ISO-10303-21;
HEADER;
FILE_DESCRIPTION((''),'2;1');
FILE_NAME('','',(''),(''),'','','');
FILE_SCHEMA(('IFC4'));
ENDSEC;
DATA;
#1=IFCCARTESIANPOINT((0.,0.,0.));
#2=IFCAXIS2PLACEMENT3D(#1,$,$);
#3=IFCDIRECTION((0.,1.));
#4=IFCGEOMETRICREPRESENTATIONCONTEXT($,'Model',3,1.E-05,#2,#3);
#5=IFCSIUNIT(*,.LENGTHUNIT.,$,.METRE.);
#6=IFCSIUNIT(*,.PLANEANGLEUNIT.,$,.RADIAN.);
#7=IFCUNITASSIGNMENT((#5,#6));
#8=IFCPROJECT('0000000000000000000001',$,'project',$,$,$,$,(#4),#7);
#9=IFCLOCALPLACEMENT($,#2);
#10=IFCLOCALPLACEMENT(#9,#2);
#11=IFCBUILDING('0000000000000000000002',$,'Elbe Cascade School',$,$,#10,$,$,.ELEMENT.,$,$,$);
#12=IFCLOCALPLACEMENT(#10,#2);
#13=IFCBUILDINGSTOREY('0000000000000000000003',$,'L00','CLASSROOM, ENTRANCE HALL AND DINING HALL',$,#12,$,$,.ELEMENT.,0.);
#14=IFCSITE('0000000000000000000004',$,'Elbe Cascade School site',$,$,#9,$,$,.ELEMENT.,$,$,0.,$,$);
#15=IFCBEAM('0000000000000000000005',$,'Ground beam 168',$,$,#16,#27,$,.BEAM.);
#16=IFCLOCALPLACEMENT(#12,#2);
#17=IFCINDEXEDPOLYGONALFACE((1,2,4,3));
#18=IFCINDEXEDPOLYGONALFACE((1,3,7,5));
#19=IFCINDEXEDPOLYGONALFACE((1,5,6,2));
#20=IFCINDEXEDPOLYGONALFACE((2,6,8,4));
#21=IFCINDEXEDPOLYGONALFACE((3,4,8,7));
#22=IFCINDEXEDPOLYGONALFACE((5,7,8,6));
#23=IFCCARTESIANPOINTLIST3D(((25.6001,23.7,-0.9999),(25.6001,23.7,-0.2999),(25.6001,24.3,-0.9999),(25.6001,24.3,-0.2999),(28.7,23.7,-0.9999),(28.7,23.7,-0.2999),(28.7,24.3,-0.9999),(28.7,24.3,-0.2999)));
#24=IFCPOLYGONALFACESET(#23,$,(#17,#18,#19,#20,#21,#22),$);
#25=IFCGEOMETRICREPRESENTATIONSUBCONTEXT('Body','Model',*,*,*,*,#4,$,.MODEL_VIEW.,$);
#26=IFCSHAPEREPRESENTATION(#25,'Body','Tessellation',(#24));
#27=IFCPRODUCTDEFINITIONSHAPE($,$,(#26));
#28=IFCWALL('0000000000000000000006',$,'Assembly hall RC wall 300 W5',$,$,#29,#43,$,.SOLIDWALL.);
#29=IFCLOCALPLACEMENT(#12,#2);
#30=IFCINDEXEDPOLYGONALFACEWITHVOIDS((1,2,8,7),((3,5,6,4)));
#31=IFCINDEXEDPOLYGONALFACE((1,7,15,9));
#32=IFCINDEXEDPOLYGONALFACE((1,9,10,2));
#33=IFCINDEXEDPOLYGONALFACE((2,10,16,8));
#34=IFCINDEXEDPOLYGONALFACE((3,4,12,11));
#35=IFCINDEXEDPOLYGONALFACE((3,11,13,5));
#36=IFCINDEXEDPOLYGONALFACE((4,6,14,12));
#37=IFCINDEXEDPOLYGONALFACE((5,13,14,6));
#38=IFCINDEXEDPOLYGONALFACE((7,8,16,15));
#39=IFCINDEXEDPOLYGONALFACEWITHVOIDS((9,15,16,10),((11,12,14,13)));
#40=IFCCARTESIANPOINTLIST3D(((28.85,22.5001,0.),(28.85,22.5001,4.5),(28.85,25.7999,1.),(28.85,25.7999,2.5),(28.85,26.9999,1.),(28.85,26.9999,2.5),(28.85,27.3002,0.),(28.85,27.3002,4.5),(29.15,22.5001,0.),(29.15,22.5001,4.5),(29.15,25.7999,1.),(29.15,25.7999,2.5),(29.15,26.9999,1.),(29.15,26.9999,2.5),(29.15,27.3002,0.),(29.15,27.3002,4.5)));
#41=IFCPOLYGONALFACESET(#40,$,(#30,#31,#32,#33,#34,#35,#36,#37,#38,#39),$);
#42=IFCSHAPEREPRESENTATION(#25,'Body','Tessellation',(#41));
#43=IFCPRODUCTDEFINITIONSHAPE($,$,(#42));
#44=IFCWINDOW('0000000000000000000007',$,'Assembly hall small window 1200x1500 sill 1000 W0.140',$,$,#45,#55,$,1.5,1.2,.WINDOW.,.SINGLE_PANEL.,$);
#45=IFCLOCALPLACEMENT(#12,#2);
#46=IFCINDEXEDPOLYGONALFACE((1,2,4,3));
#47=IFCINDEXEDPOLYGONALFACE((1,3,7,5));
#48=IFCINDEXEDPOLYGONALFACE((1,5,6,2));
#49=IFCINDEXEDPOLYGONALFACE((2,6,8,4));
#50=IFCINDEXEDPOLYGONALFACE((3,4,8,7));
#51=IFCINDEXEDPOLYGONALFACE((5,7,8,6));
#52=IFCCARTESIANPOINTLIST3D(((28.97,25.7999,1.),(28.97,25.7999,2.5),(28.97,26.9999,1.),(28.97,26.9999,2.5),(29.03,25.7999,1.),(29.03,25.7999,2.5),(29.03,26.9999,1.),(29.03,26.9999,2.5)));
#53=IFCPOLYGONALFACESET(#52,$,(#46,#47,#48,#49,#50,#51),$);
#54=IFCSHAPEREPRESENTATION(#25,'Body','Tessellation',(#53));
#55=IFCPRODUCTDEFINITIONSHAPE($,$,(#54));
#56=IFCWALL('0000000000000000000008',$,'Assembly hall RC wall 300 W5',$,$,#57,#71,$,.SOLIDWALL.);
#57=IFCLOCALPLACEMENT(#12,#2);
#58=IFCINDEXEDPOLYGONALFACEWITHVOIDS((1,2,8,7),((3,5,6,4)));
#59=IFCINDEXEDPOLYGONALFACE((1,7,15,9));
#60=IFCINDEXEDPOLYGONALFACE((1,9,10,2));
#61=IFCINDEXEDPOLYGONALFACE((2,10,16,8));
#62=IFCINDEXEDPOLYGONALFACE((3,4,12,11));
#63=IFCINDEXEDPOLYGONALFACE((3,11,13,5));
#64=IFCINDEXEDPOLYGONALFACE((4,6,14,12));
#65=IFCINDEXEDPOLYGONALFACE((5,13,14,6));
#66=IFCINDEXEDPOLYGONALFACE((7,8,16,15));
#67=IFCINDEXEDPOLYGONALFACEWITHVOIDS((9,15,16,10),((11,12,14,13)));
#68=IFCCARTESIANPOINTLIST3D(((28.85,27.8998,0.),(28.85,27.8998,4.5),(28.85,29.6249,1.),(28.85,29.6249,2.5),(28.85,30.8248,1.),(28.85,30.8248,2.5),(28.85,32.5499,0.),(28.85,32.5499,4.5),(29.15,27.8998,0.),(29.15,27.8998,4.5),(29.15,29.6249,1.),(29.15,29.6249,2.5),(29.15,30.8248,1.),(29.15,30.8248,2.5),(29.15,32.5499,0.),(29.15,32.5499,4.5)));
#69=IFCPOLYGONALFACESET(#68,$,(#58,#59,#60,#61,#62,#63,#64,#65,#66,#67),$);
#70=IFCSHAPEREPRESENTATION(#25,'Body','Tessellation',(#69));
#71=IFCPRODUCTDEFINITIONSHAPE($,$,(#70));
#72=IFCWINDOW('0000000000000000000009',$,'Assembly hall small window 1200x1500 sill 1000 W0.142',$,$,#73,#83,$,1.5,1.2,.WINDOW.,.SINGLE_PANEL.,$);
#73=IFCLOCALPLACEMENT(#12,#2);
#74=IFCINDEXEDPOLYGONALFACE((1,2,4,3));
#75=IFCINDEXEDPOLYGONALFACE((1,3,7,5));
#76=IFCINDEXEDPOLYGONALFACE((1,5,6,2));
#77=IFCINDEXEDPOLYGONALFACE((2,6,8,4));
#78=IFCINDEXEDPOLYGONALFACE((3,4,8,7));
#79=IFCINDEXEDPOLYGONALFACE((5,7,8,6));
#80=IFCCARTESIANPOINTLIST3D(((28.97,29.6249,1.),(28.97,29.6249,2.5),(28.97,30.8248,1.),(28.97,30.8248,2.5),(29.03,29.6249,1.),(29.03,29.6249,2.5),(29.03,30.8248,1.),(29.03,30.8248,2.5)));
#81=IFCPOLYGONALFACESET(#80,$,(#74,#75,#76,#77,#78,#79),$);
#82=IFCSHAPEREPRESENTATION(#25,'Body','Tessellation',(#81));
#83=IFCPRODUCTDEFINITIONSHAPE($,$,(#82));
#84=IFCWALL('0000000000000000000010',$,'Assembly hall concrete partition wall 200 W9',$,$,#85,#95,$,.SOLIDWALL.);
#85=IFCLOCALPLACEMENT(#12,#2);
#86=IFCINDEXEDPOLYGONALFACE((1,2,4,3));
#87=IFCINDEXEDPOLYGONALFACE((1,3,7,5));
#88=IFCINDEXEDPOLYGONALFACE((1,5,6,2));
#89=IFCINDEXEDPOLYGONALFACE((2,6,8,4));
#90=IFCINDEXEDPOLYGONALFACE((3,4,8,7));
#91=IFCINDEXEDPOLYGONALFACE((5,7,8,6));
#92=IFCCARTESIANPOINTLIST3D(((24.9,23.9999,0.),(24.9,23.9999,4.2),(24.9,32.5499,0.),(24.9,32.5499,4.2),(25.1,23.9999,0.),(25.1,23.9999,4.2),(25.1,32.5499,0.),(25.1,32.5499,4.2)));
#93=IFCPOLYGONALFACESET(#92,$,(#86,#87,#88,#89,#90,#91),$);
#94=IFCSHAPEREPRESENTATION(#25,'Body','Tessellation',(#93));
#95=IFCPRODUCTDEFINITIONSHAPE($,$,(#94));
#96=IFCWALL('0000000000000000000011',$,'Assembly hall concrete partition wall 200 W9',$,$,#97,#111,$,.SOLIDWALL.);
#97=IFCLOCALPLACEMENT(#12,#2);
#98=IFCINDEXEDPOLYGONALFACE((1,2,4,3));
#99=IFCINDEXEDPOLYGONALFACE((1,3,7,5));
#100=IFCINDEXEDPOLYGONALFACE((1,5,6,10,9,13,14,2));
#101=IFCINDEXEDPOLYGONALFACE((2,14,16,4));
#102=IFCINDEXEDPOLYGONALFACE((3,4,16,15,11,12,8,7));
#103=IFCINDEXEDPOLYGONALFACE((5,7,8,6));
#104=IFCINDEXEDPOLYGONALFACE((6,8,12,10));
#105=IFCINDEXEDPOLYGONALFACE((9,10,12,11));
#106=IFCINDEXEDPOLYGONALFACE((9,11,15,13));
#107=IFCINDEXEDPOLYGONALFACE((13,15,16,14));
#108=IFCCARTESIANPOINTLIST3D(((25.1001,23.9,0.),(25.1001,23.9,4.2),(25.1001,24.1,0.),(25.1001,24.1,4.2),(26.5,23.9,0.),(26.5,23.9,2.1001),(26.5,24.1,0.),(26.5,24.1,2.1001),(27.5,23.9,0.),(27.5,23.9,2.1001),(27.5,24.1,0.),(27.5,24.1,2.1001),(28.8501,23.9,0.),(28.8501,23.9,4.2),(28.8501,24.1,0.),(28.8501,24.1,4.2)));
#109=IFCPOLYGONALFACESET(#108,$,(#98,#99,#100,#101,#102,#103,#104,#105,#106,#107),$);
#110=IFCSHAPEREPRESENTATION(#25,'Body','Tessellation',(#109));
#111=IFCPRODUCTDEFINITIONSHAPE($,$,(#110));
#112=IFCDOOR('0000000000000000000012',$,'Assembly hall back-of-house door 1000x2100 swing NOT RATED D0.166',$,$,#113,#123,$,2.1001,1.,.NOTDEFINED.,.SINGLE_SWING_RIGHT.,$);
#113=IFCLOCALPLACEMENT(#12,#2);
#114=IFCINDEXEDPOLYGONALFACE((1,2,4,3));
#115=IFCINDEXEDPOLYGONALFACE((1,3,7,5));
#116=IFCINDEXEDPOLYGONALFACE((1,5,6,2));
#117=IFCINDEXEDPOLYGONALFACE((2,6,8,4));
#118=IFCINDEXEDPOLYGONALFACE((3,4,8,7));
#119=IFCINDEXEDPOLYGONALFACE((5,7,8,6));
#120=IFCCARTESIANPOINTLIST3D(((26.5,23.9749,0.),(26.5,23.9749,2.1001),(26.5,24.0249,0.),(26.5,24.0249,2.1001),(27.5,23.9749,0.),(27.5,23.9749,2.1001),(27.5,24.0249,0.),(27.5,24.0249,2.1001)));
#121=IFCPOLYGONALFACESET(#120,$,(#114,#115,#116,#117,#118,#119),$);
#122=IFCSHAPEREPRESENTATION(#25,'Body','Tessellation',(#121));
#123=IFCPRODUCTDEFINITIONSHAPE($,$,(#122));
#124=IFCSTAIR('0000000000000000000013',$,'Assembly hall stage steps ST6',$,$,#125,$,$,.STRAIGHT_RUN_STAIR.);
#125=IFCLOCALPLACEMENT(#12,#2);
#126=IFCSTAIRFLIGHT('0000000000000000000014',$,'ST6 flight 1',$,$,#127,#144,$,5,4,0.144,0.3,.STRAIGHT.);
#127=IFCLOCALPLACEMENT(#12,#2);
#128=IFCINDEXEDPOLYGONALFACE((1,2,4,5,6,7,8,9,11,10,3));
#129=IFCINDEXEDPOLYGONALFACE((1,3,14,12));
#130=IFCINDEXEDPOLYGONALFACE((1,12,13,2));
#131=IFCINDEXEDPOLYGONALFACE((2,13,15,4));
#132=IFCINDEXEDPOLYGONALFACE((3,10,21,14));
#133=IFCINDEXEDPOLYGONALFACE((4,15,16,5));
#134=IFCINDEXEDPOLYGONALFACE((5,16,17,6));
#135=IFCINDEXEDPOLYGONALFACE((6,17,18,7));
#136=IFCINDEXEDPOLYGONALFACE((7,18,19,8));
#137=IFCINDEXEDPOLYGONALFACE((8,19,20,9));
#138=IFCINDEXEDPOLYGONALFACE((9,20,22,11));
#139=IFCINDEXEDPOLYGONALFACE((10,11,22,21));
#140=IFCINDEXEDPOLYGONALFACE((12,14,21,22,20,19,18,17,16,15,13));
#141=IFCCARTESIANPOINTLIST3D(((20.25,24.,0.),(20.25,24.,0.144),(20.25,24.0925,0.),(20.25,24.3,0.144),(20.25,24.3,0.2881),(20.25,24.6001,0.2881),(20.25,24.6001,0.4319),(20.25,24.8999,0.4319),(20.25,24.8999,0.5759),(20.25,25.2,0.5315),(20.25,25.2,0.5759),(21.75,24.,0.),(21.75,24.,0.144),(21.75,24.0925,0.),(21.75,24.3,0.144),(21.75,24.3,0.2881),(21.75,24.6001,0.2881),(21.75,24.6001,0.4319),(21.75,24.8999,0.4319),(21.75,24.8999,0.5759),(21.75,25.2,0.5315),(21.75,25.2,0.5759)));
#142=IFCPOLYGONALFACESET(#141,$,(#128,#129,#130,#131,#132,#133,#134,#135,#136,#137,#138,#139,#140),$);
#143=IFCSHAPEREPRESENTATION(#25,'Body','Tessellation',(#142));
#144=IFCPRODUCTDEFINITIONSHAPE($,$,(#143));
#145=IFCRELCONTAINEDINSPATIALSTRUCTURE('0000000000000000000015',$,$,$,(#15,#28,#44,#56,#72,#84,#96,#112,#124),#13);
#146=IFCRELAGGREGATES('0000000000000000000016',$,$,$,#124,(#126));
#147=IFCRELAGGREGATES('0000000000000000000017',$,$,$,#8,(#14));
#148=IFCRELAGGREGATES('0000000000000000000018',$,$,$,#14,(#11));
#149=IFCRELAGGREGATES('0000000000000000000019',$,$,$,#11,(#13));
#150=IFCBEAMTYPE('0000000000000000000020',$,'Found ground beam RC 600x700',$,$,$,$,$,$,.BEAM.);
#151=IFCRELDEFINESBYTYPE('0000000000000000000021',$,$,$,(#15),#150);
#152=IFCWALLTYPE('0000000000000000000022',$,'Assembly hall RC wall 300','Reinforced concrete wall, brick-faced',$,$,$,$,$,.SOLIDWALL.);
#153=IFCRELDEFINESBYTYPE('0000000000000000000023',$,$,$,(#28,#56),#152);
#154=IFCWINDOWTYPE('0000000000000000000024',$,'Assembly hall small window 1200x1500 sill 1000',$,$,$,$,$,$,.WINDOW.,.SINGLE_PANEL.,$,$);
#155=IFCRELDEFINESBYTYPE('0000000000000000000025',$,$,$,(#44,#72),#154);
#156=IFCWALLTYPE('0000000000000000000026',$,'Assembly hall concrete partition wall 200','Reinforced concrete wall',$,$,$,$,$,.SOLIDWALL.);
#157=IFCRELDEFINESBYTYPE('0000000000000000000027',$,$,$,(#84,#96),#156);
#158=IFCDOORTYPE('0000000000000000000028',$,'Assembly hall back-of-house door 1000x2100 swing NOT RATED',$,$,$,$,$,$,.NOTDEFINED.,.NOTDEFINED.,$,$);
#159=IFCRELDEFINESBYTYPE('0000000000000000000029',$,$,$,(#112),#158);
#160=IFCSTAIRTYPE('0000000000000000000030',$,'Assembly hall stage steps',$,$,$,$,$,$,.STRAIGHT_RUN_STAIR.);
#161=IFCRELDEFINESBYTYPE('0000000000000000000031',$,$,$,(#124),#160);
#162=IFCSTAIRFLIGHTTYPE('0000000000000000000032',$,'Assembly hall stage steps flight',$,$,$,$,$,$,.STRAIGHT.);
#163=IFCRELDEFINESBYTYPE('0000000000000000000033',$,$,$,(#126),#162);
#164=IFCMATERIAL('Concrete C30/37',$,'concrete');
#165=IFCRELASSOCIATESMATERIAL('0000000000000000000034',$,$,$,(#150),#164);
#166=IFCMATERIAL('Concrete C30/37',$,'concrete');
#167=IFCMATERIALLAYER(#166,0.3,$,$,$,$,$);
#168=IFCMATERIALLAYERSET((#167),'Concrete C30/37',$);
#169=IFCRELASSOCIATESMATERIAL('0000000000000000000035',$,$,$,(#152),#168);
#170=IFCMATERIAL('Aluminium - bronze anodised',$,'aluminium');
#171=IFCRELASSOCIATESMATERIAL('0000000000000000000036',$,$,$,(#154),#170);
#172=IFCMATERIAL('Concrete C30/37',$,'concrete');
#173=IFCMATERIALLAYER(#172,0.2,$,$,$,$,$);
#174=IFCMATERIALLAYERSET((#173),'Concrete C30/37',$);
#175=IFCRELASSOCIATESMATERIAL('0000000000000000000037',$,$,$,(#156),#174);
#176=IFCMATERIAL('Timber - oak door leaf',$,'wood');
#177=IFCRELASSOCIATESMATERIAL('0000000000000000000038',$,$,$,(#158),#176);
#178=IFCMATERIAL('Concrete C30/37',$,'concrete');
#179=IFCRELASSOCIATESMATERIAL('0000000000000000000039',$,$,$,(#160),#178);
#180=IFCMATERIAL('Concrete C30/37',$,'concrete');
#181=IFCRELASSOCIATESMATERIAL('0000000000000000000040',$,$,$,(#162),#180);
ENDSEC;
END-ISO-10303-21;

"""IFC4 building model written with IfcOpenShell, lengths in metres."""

from ifc_helpers import new_model, si_unit, direction, frame, frame_2d, origin, origin_2d, place, context, subcontext, project, spatial, polyline, rectangle, outline, extrude, material, layer, layer_set, material_profile, profile_set, type_object, element, fill, aggregate, save


model = new_model("IFC4")

# Units and contexts
model_context = context("Model", 3, precision=1e-05, world=origin(), true_north=direction((0.0, 1.0)))
body_context = subcontext(model_context, "Body", "Model", "MODEL_VIEW")
ifc_project = project(units=[si_unit("LENGTHUNIT", "METRE"), si_unit("PLANEANGLEUNIT", "RADIAN")], contexts=[model_context])

# Site, building, storey
site_placement = place(None, origin())
site = spatial("IfcSite", under=ifc_project, at=site_placement, Name="Elbe Cascade School site", CompositionType="ELEMENT", RefElevation=0.0)
building_placement = place(site_placement, origin())
building = spatial("IfcBuilding", under=site, at=building_placement, Name="Elbe Cascade School", CompositionType="ELEMENT")
storey_placement = place(building_placement, origin())
storey = spatial("IfcBuildingStorey", under=building, at=storey_placement, Name="L00", Description="CLASSROOM, ENTRANCE HALL AND DINING HALL", CompositionType="ELEMENT", Elevation=0.0)

# Beam
ifc_material_1 = material(Name="Concrete C30/37", Category="concrete")
ifc_material_profile_1 = material_profile(ifc_material_1, rectangle(XDim=0.6001, YDim=0.7, at=origin_2d()), Name="RC 600x700")
ifc_profile_set_1 = profile_set([ifc_material_profile_1], Name="Concrete C30/37")
beam_type_1 = type_object("IfcBeamType", Name="Found ground beam RC 600x700", PredefinedType="BEAM", material=ifc_profile_set_1)
beam_1_placement = place(storey_placement, frame((25.6001, 24.0, -0.6499), z_axis=(1.0, 0.0, 0.0), x_axis=(0.0, 1.0, 0.0)))
element("IfcBeam", 1, at=beam_1_placement, inside=storey, type_object=beam_type_1, Name="Ground beam 168", PredefinedType="BEAM", context=body_context, shape_type="SweptSolid", body=[
    extrude(rectangle(XDim=0.6001, YDim=0.7, at=origin_2d()), origin(), (0.0, 0.0, 1.0), 3.0999),
])

# Shared definitions
ifc_material_2 = material(Name="Concrete C30/37", Category="concrete")
ifc_layer_1 = layer(ifc_material_2, 0.3)
ifc_layer_set_1 = layer_set([ifc_layer_1], Name="Concrete C30/37")
wall_type_1 = type_object("IfcWallType", Name="Assembly hall RC wall 300", Description="Reinforced concrete wall, brick-faced", PredefinedType="SOLIDWALL", material=ifc_layer_set_1)

# Walls, openings, windows
wall_1_placement = place(storey_placement, frame((29.0, 27.3, 0.0), z_axis=(0.0, 0.0, 1.0), x_axis=(0.0, -1.0, 0.0)))
wall_1 = element("IfcWall", 2, at=wall_1_placement, inside=storey, type_object=wall_type_1, Name="Assembly hall RC wall 300 W5", PredefinedType="SOLIDWALL", context=body_context, shape_type="SweptSolid", body=[
    extrude(rectangle(XDim=4.8, YDim=0.3, at=frame_2d((2.3999, 0.0))), origin(), (0.0, 0.0, 1.0), 4.5),
])
opening_1_placement = place(wall_1_placement, frame((0.3, 0.0, 1.0)))
opening_1 = element("IfcOpeningElement", 3, at=opening_1_placement, cuts=wall_1, PredefinedType="OPENING", context=body_context, shape_type="SweptSolid", body=[
    extrude(rectangle(XDim=1.2, YDim=1.5, at=frame_2d((0.6001, 0.75))), frame((0.0, 0.1599, 0.0), z_axis=(0.0, -1.0, 0.0), x_axis=(1.0, 0.0, 0.0)), (0.0, 0.0, 1.0), 0.3201),
])
ifc_material_3 = material(Name="Aluminium - bronze anodised", Category="aluminium")
window_type = type_object("IfcWindowType", Name="Assembly hall small window 1200x1500 sill 1000", PartitioningType="SINGLE_PANEL", PredefinedType="WINDOW", material=ifc_material_3)
window_1_placement = place(opening_1_placement, origin())
window_1 = element("IfcWindow", 4, at=window_1_placement, inside=storey, type_object=window_type, Name="Assembly hall small window 1200x1500 sill 1000 W0.140", OverallHeight=1.5, OverallWidth=1.2, PartitioningType="SINGLE_PANEL", PredefinedType="WINDOW", context=body_context, shape_type="SweptSolid", body=[
    extrude(rectangle(XDim=1.2, YDim=1.5, at=frame_2d((0.6001, 0.75))), frame((0.0, 0.03, 0.0), z_axis=(0.0, -1.0, 0.0), x_axis=(1.0, 0.0, 0.0)), (0.0, 0.0, 1.0), 0.0601),
])
fill(opening_1, window_1)
wall_2_placement = place(storey_placement, frame((29.0, 32.55, 0.0), z_axis=(0.0, 0.0, 1.0), x_axis=(0.0, -1.0, 0.0)))
wall_2 = element("IfcWall", 5, at=wall_2_placement, inside=storey, type_object=wall_type_1, Name="Assembly hall RC wall 300 W5", PredefinedType="SOLIDWALL", context=body_context, shape_type="SweptSolid", body=[
    extrude(rectangle(XDim=4.6501, YDim=0.3, at=frame_2d((2.3252, 0.0))), origin(), (0.0, 0.0, 1.0), 4.5),
])
opening_2_placement = place(wall_2_placement, frame((1.7251, 0.0, 1.0)))
opening_2 = element("IfcOpeningElement", 6, at=opening_2_placement, cuts=wall_2, PredefinedType="OPENING", context=body_context, shape_type="SweptSolid", body=[
    extrude(rectangle(XDim=1.2, YDim=1.5, at=frame_2d((0.6001, 0.75))), frame((0.0, 0.1599, 0.0), z_axis=(0.0, -1.0, 0.0), x_axis=(1.0, 0.0, 0.0)), (0.0, 0.0, 1.0), 0.3201),
])
window_2_placement = place(opening_2_placement, origin())
window_2 = element("IfcWindow", 7, at=window_2_placement, inside=storey, type_object=window_type, Name="Assembly hall small window 1200x1500 sill 1000 W0.142", OverallHeight=1.5, OverallWidth=1.2, PartitioningType="SINGLE_PANEL", PredefinedType="WINDOW", context=body_context, shape_type="SweptSolid", body=[
    extrude(rectangle(XDim=1.2, YDim=1.5, at=frame_2d((0.6001, 0.75))), frame((0.0, 0.03, 0.0), z_axis=(0.0, -1.0, 0.0), x_axis=(1.0, 0.0, 0.0)), (0.0, 0.0, 1.0), 0.0601),
])
fill(opening_2, window_2)

# Wall
ifc_material_4 = material(Name="Concrete C30/37", Category="concrete")
ifc_layer_2 = layer(ifc_material_4, 0.2)
ifc_layer_set_2 = layer_set([ifc_layer_2], Name="Concrete C30/37")
wall_type_2 = type_object("IfcWallType", Name="Assembly hall concrete partition wall 200", Description="Reinforced concrete wall", PredefinedType="SOLIDWALL", material=ifc_layer_set_2)
wall_3_placement = place(storey_placement, frame((25.0, 24.0, 0.0), z_axis=(0.0, 0.0, 1.0), x_axis=(0.0, 1.0, 0.0)))
element("IfcWall", 8, at=wall_3_placement, inside=storey, type_object=wall_type_2, Name="Assembly hall concrete partition wall 200 W9", PredefinedType="SOLIDWALL", context=body_context, shape_type="SweptSolid", body=[
    extrude(rectangle(XDim=8.55, YDim=0.2, at=frame_2d((4.2749, 0.0))), origin(), (0.0, 0.0, 1.0), 4.2),
])

# Wall, opening, door
wall_4_placement = place(storey_placement, frame((25.1001, 24.0, 0.0), z_axis=(0.0, 0.0, 1.0), x_axis=(1.0, 0.0, 0.0)))
wall_4 = element("IfcWall", 9, at=wall_4_placement, inside=storey, type_object=wall_type_2, Name="Assembly hall concrete partition wall 200 W9", PredefinedType="SOLIDWALL", context=body_context, shape_type="SweptSolid", body=[
    extrude(rectangle(XDim=3.75, YDim=0.2, at=frame_2d((1.875, 0.0))), origin(), (0.0, 0.0, 1.0), 4.2),
])
opening_3_placement = place(wall_4_placement, frame((1.3999, 0.0, 0.0)))
opening_3 = element("IfcOpeningElement", 10, at=opening_3_placement, cuts=wall_4, PredefinedType="OPENING", context=body_context, shape_type="SweptSolid", body=[
    extrude(rectangle(XDim=1.0, YDim=2.1001, at=frame_2d((0.5, 1.05))), frame((0.0, 0.1099, 0.0), z_axis=(0.0, -1.0, 0.0), x_axis=(1.0, 0.0, 0.0)), (0.0, 0.0, 1.0), 0.22),
])
ifc_material_5 = material(Name="Timber - oak door leaf", Category="wood")
door_type_1 = type_object("IfcDoorType", Name="Assembly hall back-of-house door 1000x2100 swing NOT RATED", OperationType="NOTDEFINED", PredefinedType="NOTDEFINED", material=ifc_material_5)
door_1_placement = place(opening_3_placement, origin())
door_1 = element("IfcDoor", 11, at=door_1_placement, inside=storey, type_object=door_type_1, Name="Assembly hall back-of-house door 1000x2100 swing NOT RATED D0.166", OperationType="SINGLE_SWING_RIGHT", OverallHeight=2.1001, OverallWidth=1.0, PredefinedType="NOTDEFINED", context=body_context, shape_type="SweptSolid", body=[
    extrude(rectangle(XDim=1.0, YDim=2.1001, at=frame_2d((0.5, 1.05))), frame((0.0, 0.0249, 0.0), z_axis=(0.0, -1.0, 0.0), x_axis=(1.0, 0.0, 0.0)), (0.0, 0.0, 1.0), 0.05),
])
fill(opening_3, door_1)

# Stair, stair flight
ifc_material_6 = material(Name="Concrete C30/37", Category="concrete")
stair_type = type_object("IfcStairType", Name="Assembly hall stage steps", PredefinedType="STRAIGHT_RUN_STAIR", material=ifc_material_6)
stair_placement = place(storey_placement, origin())
stair = element("IfcStair", 12, at=stair_placement, inside=storey, type_object=stair_type, Name="Assembly hall stage steps ST6", PredefinedType="STRAIGHT_RUN_STAIR")
ifc_material_7 = material(Name="Concrete C30/37", Category="concrete")
stair_flight_type = type_object("IfcStairFlightType", Name="Assembly hall stage steps flight", PredefinedType="STRAIGHT", material=ifc_material_7)
stair_flight_placement = place(storey_placement, frame((21.0, 24.0, 0.0), z_axis=(0.0, 0.0, 1.0), x_axis=(0.0, 1.0, 0.0)))
stair_flight = element("IfcStairFlight", 13, at=stair_flight_placement, type_object=stair_flight_type, Name="ST6 flight 1", NumberOfRisers=5, NumberOfTreads=4, PredefinedType="STRAIGHT", RiserHeight=0.144, TreadLength=0.3, context=body_context, shape_type="SweptSolid", body=[
    extrude(outline(polyline([(0.0, 0.0), (0.0, 0.144), (0.3, 0.144), (0.3, 0.2881), (0.6001, 0.2881), (0.6001, 0.4319), (0.8999, 0.4319), (0.8999, 0.5759), (1.2, 0.5759), (1.2, 0.72), (1.2, 0.5315), (0.0925, 0.0), (0.0, 0.0)])), frame((0.0, 0.75, 0.0), z_axis=(0.0, -1.0, 0.0), x_axis=(1.0, 0.0, 0.0)), (0.0, 0.0, 1.0), 1.5),
])
aggregate(stair, [stair_flight])

save(model, "model.ifc")
